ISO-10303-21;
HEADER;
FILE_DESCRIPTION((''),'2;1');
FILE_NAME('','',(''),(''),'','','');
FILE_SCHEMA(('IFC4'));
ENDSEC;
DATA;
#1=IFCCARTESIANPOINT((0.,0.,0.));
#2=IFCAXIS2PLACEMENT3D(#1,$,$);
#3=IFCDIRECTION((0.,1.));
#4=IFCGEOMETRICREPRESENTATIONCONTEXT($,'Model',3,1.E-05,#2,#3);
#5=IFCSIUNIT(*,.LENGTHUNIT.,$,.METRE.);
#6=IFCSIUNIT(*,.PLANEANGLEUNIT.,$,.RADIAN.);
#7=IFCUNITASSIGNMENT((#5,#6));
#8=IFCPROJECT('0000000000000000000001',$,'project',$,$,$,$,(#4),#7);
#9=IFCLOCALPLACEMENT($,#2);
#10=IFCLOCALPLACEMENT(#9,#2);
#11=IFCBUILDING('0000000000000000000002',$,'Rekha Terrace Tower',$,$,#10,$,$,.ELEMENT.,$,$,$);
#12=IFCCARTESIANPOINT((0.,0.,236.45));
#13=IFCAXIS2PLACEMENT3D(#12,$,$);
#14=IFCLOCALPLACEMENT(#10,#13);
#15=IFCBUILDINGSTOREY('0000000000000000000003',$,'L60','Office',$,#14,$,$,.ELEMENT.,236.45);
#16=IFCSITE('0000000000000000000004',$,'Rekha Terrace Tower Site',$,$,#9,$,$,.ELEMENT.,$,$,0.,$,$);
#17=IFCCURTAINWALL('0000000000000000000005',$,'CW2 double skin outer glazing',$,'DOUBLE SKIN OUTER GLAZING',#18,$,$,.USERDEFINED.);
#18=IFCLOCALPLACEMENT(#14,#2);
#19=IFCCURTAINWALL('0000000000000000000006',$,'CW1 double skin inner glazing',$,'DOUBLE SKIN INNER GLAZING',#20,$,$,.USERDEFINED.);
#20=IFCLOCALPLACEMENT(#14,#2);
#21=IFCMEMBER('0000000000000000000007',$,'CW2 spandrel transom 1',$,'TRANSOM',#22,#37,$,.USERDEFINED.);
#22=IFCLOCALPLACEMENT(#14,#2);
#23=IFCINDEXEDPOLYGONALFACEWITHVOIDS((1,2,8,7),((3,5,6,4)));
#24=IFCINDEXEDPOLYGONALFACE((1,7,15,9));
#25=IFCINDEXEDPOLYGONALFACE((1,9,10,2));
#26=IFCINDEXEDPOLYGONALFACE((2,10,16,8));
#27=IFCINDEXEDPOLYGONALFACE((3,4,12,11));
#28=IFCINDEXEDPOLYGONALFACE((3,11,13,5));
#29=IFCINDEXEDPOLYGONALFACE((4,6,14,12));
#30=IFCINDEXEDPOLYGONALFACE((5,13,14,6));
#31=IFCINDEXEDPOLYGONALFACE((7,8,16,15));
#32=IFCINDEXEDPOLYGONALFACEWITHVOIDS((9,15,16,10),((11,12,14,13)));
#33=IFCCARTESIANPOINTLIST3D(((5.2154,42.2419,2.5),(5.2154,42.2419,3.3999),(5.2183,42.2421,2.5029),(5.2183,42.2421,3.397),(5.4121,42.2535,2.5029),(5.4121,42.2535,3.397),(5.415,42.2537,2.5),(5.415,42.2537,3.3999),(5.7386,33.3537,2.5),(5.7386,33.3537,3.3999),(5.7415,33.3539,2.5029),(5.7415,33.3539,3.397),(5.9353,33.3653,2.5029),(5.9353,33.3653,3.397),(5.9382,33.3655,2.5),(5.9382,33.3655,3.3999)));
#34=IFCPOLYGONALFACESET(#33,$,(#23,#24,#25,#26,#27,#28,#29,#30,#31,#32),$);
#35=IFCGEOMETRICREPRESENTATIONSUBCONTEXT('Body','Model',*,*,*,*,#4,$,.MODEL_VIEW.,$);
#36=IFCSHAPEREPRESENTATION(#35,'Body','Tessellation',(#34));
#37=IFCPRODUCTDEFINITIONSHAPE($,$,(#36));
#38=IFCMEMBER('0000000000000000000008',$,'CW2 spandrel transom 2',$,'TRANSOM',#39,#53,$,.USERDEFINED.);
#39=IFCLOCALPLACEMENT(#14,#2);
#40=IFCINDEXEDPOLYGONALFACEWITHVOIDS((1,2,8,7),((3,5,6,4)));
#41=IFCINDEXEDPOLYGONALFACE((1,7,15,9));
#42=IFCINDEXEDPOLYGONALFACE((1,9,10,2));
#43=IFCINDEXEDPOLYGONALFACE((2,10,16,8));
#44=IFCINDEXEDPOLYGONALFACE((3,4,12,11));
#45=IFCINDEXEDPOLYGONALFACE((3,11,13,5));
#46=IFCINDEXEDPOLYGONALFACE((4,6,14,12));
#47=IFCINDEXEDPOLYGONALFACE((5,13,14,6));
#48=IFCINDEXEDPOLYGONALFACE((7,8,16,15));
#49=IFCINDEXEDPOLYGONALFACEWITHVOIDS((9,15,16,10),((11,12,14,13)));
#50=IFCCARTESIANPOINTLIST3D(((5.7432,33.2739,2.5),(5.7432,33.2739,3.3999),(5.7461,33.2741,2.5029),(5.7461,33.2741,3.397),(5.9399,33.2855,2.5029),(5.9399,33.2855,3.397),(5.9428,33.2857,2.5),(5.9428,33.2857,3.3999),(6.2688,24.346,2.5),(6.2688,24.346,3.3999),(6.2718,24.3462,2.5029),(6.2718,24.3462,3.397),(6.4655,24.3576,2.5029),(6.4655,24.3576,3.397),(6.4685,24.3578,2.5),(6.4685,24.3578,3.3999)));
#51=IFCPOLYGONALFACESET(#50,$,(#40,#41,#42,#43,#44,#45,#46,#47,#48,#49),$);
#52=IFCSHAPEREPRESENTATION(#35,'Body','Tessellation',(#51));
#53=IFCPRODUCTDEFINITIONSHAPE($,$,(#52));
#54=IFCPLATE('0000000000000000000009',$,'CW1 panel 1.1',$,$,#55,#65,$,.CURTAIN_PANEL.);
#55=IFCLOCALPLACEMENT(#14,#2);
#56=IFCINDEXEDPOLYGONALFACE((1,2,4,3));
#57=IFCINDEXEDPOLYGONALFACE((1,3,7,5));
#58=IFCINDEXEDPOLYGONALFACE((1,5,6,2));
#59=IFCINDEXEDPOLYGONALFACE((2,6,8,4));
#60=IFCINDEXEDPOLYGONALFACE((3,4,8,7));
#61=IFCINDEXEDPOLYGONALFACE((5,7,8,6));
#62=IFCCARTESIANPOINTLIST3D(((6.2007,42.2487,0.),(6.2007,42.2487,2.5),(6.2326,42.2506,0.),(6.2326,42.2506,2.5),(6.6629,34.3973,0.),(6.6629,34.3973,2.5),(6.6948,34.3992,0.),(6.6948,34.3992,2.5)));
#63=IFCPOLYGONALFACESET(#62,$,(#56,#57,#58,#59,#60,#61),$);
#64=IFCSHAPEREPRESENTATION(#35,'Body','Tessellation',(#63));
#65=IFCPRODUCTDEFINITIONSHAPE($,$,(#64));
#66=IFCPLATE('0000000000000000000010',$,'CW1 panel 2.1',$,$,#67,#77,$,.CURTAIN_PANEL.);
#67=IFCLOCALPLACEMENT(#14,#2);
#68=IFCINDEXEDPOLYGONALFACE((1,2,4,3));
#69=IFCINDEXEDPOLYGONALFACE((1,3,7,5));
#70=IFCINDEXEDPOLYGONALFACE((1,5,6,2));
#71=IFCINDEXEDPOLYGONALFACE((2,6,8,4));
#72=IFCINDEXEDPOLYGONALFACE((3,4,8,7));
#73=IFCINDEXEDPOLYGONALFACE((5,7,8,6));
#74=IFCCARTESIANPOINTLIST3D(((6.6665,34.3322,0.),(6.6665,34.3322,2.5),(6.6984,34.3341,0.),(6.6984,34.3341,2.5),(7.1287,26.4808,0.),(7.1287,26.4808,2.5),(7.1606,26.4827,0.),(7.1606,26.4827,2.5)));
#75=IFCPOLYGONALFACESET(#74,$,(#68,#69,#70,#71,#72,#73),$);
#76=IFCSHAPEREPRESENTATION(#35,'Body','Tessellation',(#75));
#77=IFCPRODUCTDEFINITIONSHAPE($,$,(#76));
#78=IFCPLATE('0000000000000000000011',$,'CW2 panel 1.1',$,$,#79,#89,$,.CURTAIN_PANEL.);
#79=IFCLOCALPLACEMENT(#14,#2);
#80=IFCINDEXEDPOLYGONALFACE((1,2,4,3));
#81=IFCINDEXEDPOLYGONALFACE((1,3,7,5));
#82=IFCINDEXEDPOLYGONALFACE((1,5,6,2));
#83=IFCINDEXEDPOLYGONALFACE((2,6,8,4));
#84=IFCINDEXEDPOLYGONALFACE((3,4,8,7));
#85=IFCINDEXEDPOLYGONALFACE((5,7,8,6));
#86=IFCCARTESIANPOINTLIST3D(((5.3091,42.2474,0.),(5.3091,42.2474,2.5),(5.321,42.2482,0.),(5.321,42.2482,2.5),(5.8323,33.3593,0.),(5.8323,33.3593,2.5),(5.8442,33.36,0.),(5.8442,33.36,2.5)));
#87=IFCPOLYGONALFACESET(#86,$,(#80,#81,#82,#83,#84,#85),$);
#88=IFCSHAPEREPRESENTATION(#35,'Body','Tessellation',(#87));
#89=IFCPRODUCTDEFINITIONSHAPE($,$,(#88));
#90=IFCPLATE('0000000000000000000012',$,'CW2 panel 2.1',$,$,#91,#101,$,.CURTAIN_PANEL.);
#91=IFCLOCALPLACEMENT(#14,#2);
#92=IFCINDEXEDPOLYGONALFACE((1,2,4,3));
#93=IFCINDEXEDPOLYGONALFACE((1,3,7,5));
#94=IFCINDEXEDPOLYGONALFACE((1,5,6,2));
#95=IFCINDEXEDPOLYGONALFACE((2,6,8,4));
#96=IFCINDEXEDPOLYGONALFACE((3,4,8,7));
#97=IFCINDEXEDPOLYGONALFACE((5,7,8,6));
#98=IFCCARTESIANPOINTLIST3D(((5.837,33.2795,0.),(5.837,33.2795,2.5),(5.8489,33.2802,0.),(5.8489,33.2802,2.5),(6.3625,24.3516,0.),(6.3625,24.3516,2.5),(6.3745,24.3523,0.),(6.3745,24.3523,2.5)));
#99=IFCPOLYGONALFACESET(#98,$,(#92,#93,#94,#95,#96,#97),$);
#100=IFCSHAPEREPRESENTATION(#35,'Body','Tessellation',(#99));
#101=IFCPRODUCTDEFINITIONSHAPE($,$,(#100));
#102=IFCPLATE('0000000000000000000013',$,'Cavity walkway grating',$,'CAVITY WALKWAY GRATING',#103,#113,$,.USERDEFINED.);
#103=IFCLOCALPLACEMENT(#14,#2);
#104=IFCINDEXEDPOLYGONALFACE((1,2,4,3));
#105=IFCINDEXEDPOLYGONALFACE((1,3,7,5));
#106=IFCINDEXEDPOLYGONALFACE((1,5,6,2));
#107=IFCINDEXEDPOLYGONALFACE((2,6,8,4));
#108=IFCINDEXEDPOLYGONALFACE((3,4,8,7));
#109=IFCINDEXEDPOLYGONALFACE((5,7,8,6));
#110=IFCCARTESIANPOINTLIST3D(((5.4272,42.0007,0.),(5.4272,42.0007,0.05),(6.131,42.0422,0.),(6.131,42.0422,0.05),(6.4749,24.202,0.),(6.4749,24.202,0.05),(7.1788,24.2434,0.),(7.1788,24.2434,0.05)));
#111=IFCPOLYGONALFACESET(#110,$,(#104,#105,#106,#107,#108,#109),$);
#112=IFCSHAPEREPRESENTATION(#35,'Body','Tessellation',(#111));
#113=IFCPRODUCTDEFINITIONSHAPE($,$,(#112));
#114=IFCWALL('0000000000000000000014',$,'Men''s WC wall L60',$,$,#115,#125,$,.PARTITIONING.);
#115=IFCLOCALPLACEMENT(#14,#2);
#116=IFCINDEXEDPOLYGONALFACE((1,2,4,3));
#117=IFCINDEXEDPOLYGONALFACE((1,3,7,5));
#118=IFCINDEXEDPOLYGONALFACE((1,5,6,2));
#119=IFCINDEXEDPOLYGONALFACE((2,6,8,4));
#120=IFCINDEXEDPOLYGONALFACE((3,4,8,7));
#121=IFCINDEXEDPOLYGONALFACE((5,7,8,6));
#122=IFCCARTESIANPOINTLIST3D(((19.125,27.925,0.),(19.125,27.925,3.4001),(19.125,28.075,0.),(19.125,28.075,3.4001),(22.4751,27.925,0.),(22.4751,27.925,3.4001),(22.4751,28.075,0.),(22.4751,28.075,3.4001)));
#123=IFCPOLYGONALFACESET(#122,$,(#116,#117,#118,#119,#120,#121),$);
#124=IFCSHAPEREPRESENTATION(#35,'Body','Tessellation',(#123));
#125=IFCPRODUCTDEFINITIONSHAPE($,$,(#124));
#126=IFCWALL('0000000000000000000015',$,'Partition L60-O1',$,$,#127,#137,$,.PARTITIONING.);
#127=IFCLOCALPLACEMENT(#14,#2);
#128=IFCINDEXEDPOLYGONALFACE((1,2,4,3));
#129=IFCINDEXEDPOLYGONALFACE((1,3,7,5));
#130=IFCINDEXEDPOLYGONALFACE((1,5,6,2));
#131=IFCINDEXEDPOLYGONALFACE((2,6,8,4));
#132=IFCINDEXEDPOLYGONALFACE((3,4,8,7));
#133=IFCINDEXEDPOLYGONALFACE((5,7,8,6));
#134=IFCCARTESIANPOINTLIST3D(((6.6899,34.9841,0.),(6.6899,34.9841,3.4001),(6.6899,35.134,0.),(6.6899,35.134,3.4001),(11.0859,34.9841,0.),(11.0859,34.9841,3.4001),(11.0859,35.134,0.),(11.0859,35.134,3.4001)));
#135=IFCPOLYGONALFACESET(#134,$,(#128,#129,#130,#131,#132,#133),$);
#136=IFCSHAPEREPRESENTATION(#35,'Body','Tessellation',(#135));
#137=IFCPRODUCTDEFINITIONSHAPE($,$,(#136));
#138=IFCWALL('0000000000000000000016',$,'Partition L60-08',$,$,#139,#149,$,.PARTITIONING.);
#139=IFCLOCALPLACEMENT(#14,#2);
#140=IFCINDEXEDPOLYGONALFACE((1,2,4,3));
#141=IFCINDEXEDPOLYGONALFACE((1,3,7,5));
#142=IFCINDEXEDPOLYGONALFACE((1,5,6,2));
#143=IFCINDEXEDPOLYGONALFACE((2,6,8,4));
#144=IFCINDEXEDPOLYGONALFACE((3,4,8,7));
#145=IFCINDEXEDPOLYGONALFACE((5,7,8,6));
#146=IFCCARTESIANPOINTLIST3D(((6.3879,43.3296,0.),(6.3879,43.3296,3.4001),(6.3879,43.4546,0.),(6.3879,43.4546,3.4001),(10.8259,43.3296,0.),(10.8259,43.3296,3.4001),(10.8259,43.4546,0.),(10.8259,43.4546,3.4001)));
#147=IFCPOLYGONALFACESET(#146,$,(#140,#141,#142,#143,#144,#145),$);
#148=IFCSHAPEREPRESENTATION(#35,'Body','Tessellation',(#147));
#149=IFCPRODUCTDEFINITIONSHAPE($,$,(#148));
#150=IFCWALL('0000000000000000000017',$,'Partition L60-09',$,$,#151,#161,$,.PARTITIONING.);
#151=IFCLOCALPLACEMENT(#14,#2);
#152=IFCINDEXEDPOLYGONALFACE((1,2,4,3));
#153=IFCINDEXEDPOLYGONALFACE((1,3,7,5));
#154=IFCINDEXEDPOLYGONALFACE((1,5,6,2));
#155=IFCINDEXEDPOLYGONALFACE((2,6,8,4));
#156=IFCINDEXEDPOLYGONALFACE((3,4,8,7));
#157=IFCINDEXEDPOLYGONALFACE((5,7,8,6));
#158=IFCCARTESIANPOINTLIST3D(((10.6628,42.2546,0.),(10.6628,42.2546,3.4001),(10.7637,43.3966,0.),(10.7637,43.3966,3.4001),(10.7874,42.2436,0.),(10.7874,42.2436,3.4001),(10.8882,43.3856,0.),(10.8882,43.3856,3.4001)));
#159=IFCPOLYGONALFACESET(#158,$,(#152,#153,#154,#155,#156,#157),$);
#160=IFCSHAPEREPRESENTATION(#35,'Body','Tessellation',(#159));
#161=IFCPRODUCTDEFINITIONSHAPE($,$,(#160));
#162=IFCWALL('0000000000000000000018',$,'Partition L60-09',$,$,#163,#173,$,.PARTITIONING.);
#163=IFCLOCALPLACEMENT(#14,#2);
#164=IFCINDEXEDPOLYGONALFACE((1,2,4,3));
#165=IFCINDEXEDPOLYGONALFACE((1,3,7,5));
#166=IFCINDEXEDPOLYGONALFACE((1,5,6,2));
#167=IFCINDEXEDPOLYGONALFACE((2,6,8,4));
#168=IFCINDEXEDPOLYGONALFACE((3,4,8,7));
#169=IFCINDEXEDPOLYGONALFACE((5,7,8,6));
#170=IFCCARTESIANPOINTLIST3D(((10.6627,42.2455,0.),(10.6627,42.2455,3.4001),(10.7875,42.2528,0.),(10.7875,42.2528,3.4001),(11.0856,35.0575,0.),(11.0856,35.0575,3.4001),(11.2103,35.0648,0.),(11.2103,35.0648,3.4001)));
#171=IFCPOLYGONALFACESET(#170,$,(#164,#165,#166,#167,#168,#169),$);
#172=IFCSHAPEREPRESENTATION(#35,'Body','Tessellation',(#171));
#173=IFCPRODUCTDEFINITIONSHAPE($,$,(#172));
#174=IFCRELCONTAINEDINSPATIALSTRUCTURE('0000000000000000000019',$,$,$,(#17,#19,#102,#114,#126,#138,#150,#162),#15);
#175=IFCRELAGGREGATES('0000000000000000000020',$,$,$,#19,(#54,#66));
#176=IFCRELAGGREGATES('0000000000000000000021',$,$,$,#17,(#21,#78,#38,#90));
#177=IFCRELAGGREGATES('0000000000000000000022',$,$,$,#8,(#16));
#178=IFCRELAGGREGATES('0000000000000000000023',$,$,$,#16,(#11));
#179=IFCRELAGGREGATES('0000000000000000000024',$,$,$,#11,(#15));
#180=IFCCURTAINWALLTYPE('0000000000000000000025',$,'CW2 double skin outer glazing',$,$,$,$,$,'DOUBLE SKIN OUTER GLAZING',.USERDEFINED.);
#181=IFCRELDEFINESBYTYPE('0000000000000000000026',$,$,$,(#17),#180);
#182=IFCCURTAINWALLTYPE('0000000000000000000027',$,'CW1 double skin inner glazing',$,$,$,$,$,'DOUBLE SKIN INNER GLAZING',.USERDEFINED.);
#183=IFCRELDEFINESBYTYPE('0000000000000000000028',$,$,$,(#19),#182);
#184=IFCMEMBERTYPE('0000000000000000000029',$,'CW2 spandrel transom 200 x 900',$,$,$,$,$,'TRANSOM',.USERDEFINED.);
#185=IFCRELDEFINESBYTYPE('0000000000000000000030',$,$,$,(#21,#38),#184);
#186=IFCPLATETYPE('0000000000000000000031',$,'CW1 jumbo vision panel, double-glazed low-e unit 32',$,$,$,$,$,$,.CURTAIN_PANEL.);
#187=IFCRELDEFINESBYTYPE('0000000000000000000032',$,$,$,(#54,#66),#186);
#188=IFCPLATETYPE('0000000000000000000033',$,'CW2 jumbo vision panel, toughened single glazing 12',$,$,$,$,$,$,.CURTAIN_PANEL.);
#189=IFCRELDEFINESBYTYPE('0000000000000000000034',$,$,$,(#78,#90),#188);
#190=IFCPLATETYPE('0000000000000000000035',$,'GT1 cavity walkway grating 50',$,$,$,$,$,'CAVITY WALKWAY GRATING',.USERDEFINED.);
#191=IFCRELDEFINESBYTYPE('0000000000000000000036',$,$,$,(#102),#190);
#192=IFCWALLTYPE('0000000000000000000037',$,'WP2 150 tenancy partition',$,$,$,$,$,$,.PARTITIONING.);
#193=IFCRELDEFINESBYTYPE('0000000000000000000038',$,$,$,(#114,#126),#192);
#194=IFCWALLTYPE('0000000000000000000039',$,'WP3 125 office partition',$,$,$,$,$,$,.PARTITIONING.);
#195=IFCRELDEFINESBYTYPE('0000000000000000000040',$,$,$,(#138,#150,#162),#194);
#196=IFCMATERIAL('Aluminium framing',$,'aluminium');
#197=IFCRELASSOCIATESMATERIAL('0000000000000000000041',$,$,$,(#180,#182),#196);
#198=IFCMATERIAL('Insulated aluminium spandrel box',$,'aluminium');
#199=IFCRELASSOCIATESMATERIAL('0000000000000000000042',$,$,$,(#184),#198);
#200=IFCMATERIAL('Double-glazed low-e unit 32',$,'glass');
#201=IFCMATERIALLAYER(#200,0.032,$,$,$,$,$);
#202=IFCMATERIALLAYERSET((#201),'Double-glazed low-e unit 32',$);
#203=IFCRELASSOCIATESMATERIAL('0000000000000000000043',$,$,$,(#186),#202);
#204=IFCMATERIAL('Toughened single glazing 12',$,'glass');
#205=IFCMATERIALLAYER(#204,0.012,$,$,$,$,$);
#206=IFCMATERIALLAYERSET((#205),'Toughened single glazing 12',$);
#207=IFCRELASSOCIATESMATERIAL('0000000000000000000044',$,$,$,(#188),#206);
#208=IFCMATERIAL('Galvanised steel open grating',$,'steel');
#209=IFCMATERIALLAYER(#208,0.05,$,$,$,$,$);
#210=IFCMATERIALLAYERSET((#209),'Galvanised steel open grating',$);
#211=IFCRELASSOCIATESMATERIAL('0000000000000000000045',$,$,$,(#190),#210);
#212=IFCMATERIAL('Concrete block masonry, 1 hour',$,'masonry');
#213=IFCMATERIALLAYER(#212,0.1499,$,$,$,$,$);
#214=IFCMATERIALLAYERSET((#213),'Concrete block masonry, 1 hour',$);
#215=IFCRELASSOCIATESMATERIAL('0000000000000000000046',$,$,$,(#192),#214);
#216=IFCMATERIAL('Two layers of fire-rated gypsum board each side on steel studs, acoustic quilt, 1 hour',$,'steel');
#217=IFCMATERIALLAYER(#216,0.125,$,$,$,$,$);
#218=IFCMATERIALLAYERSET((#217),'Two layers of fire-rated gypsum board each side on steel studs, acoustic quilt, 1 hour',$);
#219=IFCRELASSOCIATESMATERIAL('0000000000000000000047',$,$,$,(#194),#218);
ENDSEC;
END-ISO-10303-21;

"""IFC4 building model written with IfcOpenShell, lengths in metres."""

from ifc_helpers import new_model, si_unit, direction, frame, frame_2d, origin, origin_2d, place, context, subcontext, project, spatial, rectangle, hollow_rectangle, extrude, material, layer, layer_set, material_profile, profile_set, type_object, element, aggregate, save


model = new_model("IFC4")

# Units and contexts
model_context = context("Model", 3, precision=1e-05, world=origin(), true_north=direction((0.0, 1.0)))
body_context = subcontext(model_context, "Body", "Model", "MODEL_VIEW")
ifc_project = project(units=[si_unit("LENGTHUNIT", "METRE"), si_unit("PLANEANGLEUNIT", "RADIAN")], contexts=[model_context])

# Site, building, storey
site_placement = place(None, origin())
site = spatial("IfcSite", under=ifc_project, at=site_placement, Name="Rekha Terrace Tower Site", CompositionType="ELEMENT", RefElevation=0.0)
building_placement = place(site_placement, origin())
building = spatial("IfcBuilding", under=site, at=building_placement, Name="Rekha Terrace Tower", CompositionType="ELEMENT")
storey_placement = place(building_placement, frame((0.0, 0.0, 236.45)))
storey = spatial("IfcBuildingStorey", under=building, at=storey_placement, Name="L60", Description="Office", CompositionType="ELEMENT", Elevation=236.45)

# Curtain wall
ifc_material_1 = material(Name="Aluminium framing", Category="aluminium")
curtain_wall_type_1 = type_object("IfcCurtainWallType", Name="CW2 double skin outer glazing", ElementType="DOUBLE SKIN OUTER GLAZING", PredefinedType="USERDEFINED", material=ifc_material_1)
curtain_wall_1_placement = place(storey_placement, origin())
curtain_wall_1 = element("IfcCurtainWall", 1, at=curtain_wall_1_placement, inside=storey, type_object=curtain_wall_type_1, Name="CW2 double skin outer glazing", ObjectType="DOUBLE SKIN OUTER GLAZING", PredefinedType="USERDEFINED")

# Curtain wall
curtain_wall_type_2 = type_object("IfcCurtainWallType", Name="CW1 double skin inner glazing", ElementType="DOUBLE SKIN INNER GLAZING", PredefinedType="USERDEFINED", material=ifc_material_1)
curtain_wall_2_placement = place(storey_placement, origin())
curtain_wall_2 = element("IfcCurtainWall", 2, at=curtain_wall_2_placement, inside=storey, type_object=curtain_wall_type_2, Name="CW1 double skin inner glazing", ObjectType="DOUBLE SKIN INNER GLAZING", PredefinedType="USERDEFINED")
ifc_material_2 = material(Name="Insulated aluminium spandrel box", Category="aluminium")

# Members
ifc_material_profile_1 = material_profile(ifc_material_2, hollow_rectangle(XDim=0.2, YDim=0.8999, WallThickness=0.0029, at=origin_2d()), Name="AL SPANDREL BOX 200x900")
ifc_profile_set_1 = profile_set([ifc_material_profile_1], Name="Insulated aluminium spandrel box")
member_type_1 = type_object("IfcMemberType", Name="CW2 spandrel transom 200 x 900", ElementType="TRANSOM", PredefinedType="USERDEFINED", material=ifc_profile_set_1)
member_1_placement = place(storey_placement, frame((5.3152, 42.2478, 2.95), z_axis=(0.058762, -0.998272, 0.0), x_axis=(0.998272, 0.058762, 0.0)))
member_1 = element("IfcMember", 3, at=member_1_placement, type_object=member_type_1, Name="CW2 spandrel transom 1", ObjectType="TRANSOM", PredefinedType="USERDEFINED", context=body_context, shape_type="SweptSolid", body=[
    extrude(hollow_rectangle(XDim=0.2, YDim=0.8999, WallThickness=0.0029, at=origin_2d()), origin(), (0.0, 0.0, 1.0), 8.9036),
])
member_2_placement = place(storey_placement, frame((5.843, 33.2798, 2.95), z_axis=(0.058773, -0.998271, 0.0), x_axis=(0.998271, 0.058773, 0.0)))
member_2 = element("IfcMember", 4, at=member_2_placement, type_object=member_type_1, Name="CW2 spandrel transom 2", ObjectType="TRANSOM", PredefinedType="USERDEFINED", context=body_context, shape_type="SweptSolid", body=[
    extrude(hollow_rectangle(XDim=0.2, YDim=0.8999, WallThickness=0.0029, at=origin_2d()), origin(), (0.0, 0.0, 1.0), 8.9434),
])

# Plates
ifc_material_3 = material(Name="Double-glazed low-e unit 32", Category="glass")
ifc_layer_1 = layer(ifc_material_3, 0.032)
ifc_layer_set_1 = layer_set([ifc_layer_1], Name="Double-glazed low-e unit 32")
plate_type_1 = type_object("IfcPlateType", Name="CW1 jumbo vision panel, double-glazed low-e unit 32", PredefinedType="CURTAIN_PANEL", material=ifc_layer_set_1)
plate_1_placement = place(storey_placement, frame((6.4478, 38.324, 0.0), z_axis=(0.0, 0.0, 1.0), x_axis=(0.058765, -0.998272, 0.0)))
plate_1 = element("IfcPlate", 5, at=plate_1_placement, type_object=plate_type_1, Name="CW1 panel 1.1", PredefinedType="CURTAIN_PANEL", context=body_context, shape_type="SweptSolid", body=[
    extrude(rectangle(XDim=7.865, YDim=0.032, at=origin_2d()), origin(), (0.0, 0.0, 1.0), 2.5),
])
plate_2_placement = place(storey_placement, frame((6.9136, 30.4075, 0.0), z_axis=(0.0, 0.0, 1.0), x_axis=(0.058765, -0.998272, 0.0)))
plate_2 = element("IfcPlate", 6, at=plate_2_placement, type_object=plate_type_1, Name="CW1 panel 2.1", PredefinedType="CURTAIN_PANEL", context=body_context, shape_type="SweptSolid", body=[
    extrude(rectangle(XDim=7.865, YDim=0.032, at=origin_2d()), origin(), (0.0, 0.0, 1.0), 2.5),
])
aggregate(curtain_wall_2, [plate_1, plate_2])
ifc_material_4 = material(Name="Toughened single glazing 12", Category="glass")
ifc_layer_2 = layer(ifc_material_4, 0.012)
ifc_layer_set_2 = layer_set([ifc_layer_2], Name="Toughened single glazing 12")
plate_type_2 = type_object("IfcPlateType", Name="CW2 jumbo vision panel, toughened single glazing 12", PredefinedType="CURTAIN_PANEL", material=ifc_layer_set_2)
plate_3_placement = place(storey_placement, frame((5.5767, 37.8037, 0.0), z_axis=(0.0, 0.0, 1.0), x_axis=(0.058765, -0.998272, 0.0)))
plate_3 = element("IfcPlate", 7, at=plate_3_placement, type_object=plate_type_2, Name="CW2 panel 1.1", PredefinedType="CURTAIN_PANEL", context=body_context, shape_type="SweptSolid", body=[
    extrude(rectangle(XDim=8.9036, YDim=0.012, at=origin_2d()), origin(), (0.0, 0.0, 1.0), 2.5),
])
plate_4_placement = place(storey_placement, frame((6.1057, 28.8159, 0.0), z_axis=(0.0, 0.0, 1.0), x_axis=(0.058765, -0.998272, 0.0)))
plate_4 = element("IfcPlate", 8, at=plate_4_placement, type_object=plate_type_2, Name="CW2 panel 2.1", PredefinedType="CURTAIN_PANEL", context=body_context, shape_type="SweptSolid", body=[
    extrude(rectangle(XDim=8.9434, YDim=0.012, at=origin_2d()), origin(), (0.0, 0.0, 1.0), 2.5),
])
aggregate(curtain_wall_1, [member_1, plate_3, member_2, plate_4])
ifc_material_5 = material(Name="Galvanised steel open grating", Category="steel")
ifc_layer_3 = layer(ifc_material_5, 0.05)
ifc_layer_set_3 = layer_set([ifc_layer_3], Name="Galvanised steel open grating")
plate_type_3 = type_object("IfcPlateType", Name="GT1 cavity walkway grating 50", ElementType="CAVITY WALKWAY GRATING", PredefinedType="USERDEFINED", material=ifc_layer_set_3)
plate_5_placement = place(storey_placement, frame((6.303, 33.1221, 0.0), z_axis=(0.0, 0.0, 1.0), x_axis=(0.058765, -0.998272, 0.0)))
element("IfcPlate", 9, at=plate_5_placement, inside=storey, type_object=plate_type_3, Name="Cavity walkway grating", ObjectType="CAVITY WALKWAY GRATING", PredefinedType="USERDEFINED", context=body_context, shape_type="SweptSolid", body=[
    extrude(rectangle(XDim=17.8296, YDim=0.7051, at=origin_2d()), origin(), (0.0, 0.0, 1.0), 0.05),
])

# Walls
ifc_material_6 = material(Name="Concrete block masonry, 1 hour", Category="masonry")
ifc_layer_4 = layer(ifc_material_6, 0.1499)
ifc_layer_set_4 = layer_set([ifc_layer_4], Name="Concrete block masonry, 1 hour")
wall_type_1 = type_object("IfcWallType", Name="WP2 150 tenancy partition", PredefinedType="PARTITIONING", material=ifc_layer_set_4)
wall_1_placement = place(storey_placement, frame((19.125, 28.0, 0.0), z_axis=(0.0, 0.0, 1.0), x_axis=(1.0, 0.0, 0.0)))
element("IfcWall", 10, at=wall_1_placement, inside=storey, type_object=wall_type_1, Name="Men's WC wall L60", PredefinedType="PARTITIONING", context=body_context, shape_type="SweptSolid", body=[
    extrude(rectangle(XDim=3.3501, YDim=0.1499, at=frame_2d((1.675, 0.0))), origin(), (0.0, 0.0, 1.0), 3.4001),
])
wall_2_placement = place(storey_placement, frame((11.0859, 35.0591, 0.0), z_axis=(0.0, 0.0, 1.0), x_axis=(-1.0, 0.0, 0.0)))
element("IfcWall", 11, at=wall_2_placement, inside=storey, type_object=wall_type_1, Name="Partition L60-O1", PredefinedType="PARTITIONING", context=body_context, shape_type="SweptSolid", body=[
    extrude(rectangle(XDim=4.396, YDim=0.1499, at=frame_2d((2.198, 0.0))), origin(), (0.0, 0.0, 1.0), 3.4001),
])
ifc_material_7 = material(Name="Two layers of fire-rated gypsum board each side on steel studs, acoustic quilt, 1 hour", Category="steel")
ifc_layer_5 = layer(ifc_material_7, 0.125)
ifc_layer_set_5 = layer_set([ifc_layer_5], Name="Two layers of fire-rated gypsum board each side on steel studs, acoustic quilt, 1 hour")
wall_type_2 = type_object("IfcWallType", Name="WP3 125 office partition", PredefinedType="PARTITIONING", material=ifc_layer_set_5)
wall_3_placement = place(storey_placement, frame((10.8259, 43.3921, 0.0), z_axis=(0.0, 0.0, 1.0), x_axis=(-1.0, 0.0, 0.0)))
element("IfcWall", 12, at=wall_3_placement, inside=storey, type_object=wall_type_2, Name="Partition L60-08", PredefinedType="PARTITIONING", context=body_context, shape_type="SweptSolid", body=[
    extrude(rectangle(XDim=4.438, YDim=0.125, at=frame_2d((2.219, 0.0))), origin(), (0.0, 0.0, 1.0), 3.4001),
])
wall_4_placement = place(storey_placement, frame((10.8259, 43.3911, 0.0), z_axis=(0.0, 0.0, 1.0), x_axis=(-0.087944, -0.996125, 0.0)))
element("IfcWall", 13, at=wall_4_placement, inside=storey, type_object=wall_type_2, Name="Partition L60-09", PredefinedType="PARTITIONING", context=body_context, shape_type="SweptSolid", body=[
    extrude(rectangle(XDim=1.1465, YDim=0.125, at=frame_2d((0.5732, 0.0))), origin(), (0.0, 0.0, 1.0), 3.4001),
])
wall_5_placement = place(storey_placement, frame((10.7251, 42.249, 0.0), z_axis=(0.0, 0.0, 1.0), x_axis=(0.058726, -0.998274, 0.0)))
element("IfcWall", 14, at=wall_5_placement, inside=storey, type_object=wall_type_2, Name="Partition L60-09", PredefinedType="PARTITIONING", context=body_context, shape_type="SweptSolid", body=[
    extrude(rectangle(XDim=7.2004, YDim=0.125, at=frame_2d((3.6001, 0.0))), origin(), (0.0, 0.0, 1.0), 3.4001),
])

save(model, "model.ifc")
